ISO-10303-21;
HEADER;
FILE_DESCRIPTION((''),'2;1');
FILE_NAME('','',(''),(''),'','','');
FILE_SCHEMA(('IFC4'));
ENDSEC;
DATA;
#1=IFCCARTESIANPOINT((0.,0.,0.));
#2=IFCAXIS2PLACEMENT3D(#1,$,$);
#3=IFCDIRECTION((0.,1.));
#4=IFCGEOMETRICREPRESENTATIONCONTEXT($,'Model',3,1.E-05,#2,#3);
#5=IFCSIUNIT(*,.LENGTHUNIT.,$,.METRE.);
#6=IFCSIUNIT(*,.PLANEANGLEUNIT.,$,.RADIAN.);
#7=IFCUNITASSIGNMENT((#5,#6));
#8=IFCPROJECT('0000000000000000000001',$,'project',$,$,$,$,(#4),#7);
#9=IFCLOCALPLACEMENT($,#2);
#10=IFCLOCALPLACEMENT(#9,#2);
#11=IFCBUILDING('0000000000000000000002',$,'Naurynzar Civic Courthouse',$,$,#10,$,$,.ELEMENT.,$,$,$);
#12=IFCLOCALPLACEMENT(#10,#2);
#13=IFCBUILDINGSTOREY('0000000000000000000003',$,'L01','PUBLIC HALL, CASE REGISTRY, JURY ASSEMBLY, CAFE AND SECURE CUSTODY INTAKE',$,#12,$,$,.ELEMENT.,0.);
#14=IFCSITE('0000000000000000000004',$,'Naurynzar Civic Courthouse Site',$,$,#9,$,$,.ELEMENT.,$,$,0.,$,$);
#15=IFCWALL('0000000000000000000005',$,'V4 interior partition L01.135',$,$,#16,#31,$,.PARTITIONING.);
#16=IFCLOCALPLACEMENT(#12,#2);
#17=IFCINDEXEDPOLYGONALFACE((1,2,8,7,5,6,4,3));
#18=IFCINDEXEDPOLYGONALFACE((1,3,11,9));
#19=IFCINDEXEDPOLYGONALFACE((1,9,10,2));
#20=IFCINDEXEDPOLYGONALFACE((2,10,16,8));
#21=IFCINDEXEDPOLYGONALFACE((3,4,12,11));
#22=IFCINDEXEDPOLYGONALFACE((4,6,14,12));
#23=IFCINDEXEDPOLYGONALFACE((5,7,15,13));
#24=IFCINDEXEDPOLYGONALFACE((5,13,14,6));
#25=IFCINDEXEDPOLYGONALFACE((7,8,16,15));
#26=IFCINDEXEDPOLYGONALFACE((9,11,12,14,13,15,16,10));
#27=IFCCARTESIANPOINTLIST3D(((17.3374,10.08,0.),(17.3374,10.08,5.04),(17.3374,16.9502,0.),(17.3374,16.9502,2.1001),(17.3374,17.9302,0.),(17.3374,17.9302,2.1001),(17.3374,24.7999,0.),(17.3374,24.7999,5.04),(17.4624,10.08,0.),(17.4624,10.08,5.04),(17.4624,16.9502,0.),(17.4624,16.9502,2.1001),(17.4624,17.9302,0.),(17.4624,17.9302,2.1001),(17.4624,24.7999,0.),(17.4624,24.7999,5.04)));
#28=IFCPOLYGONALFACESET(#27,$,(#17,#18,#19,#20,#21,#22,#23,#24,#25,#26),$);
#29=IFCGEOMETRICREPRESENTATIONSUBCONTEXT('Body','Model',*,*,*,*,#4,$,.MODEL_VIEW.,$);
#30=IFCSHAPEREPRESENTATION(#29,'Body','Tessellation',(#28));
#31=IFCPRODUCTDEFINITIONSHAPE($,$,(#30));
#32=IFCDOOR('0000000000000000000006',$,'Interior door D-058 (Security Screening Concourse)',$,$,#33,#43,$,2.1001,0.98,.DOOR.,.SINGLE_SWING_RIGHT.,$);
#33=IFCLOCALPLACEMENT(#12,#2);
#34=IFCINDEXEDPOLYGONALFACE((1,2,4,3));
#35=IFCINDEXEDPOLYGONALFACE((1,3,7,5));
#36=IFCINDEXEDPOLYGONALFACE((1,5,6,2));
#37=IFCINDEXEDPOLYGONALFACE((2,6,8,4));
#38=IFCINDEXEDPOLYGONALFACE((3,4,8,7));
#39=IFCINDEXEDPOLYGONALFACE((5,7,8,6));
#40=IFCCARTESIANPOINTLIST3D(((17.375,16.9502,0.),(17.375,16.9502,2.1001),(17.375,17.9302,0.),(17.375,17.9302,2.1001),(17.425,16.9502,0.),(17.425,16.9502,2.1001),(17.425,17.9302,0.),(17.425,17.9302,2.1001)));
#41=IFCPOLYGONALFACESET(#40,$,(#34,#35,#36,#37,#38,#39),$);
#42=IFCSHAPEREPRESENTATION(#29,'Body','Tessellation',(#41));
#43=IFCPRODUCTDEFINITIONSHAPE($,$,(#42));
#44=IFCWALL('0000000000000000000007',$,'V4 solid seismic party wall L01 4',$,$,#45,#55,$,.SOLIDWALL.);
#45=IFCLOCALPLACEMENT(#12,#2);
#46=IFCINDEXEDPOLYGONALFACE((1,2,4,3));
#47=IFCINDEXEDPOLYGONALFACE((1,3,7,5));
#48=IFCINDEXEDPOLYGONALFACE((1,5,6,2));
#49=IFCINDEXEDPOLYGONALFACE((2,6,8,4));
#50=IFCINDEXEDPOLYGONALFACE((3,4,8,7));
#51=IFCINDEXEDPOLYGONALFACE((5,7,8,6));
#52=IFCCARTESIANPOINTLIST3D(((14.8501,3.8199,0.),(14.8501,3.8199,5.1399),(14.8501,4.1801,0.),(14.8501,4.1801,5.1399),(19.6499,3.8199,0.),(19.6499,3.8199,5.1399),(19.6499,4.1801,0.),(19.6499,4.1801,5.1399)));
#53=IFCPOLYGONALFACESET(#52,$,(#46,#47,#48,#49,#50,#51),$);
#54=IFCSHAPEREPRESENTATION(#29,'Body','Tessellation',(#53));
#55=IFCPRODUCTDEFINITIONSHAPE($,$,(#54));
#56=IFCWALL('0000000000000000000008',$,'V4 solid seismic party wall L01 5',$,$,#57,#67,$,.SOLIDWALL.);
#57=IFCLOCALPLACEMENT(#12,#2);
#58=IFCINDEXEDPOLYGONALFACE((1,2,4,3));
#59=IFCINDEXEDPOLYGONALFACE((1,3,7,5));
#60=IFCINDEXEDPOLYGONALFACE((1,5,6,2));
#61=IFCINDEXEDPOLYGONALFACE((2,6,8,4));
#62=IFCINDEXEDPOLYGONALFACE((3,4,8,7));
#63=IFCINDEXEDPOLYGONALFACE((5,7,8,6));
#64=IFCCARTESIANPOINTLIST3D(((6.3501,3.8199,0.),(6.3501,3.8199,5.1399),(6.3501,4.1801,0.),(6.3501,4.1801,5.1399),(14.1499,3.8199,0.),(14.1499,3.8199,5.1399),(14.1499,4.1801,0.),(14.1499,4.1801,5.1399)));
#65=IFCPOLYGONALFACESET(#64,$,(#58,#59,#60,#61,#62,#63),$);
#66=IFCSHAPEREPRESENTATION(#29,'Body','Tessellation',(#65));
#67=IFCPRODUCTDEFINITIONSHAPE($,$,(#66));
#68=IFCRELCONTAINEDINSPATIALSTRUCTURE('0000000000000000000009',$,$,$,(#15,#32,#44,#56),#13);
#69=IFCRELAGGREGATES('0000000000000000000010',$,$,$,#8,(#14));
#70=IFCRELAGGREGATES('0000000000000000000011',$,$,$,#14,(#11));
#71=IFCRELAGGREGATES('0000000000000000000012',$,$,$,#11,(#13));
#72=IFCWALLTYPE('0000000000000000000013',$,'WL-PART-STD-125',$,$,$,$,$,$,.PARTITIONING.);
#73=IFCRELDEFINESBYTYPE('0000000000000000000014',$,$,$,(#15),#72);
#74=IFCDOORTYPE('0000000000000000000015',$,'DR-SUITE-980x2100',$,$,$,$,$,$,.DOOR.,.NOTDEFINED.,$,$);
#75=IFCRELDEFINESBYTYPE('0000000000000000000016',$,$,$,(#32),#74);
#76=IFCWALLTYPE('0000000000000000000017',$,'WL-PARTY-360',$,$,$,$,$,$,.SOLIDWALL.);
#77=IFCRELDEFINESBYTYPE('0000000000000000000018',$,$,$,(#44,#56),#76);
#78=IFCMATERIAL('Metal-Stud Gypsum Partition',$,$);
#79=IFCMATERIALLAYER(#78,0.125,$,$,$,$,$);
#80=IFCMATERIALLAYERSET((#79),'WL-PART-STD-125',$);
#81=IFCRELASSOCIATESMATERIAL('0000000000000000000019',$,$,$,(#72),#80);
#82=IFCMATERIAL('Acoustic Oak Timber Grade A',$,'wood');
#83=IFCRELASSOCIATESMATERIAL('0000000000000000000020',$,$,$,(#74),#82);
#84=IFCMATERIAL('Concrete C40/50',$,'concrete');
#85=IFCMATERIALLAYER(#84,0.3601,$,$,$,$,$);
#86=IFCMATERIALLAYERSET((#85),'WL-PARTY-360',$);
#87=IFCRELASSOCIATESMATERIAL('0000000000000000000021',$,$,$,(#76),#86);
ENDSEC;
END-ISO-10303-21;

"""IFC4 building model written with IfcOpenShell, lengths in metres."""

from ifc_helpers import new_model, si_unit, direction, frame, frame_2d, origin, place, context, subcontext, project, spatial, rectangle, extrude, material, layer, layer_set, type_object, element, fill, save


model = new_model("IFC4")

# Units and contexts
model_context = context("Model", 3, precision=1e-05, world=origin(), true_north=direction((0.0, 1.0)))
body_context = subcontext(model_context, "Body", "Model", "MODEL_VIEW")
ifc_project = project(units=[si_unit("LENGTHUNIT", "METRE"), si_unit("PLANEANGLEUNIT", "RADIAN")], contexts=[model_context])

# Site, building, storey
site_placement = place(None, origin())
site = spatial("IfcSite", under=ifc_project, at=site_placement, Name="Naurynzar Civic Courthouse Site", CompositionType="ELEMENT", RefElevation=0.0)
building_placement = place(site_placement, origin())
building = spatial("IfcBuilding", under=site, at=building_placement, Name="Naurynzar Civic Courthouse", CompositionType="ELEMENT")
storey_placement = place(building_placement, origin())
storey = spatial("IfcBuildingStorey", under=building, at=storey_placement, Name="L01", Description="PUBLIC HALL, CASE REGISTRY, JURY ASSEMBLY, CAFE AND SECURE CUSTODY INTAKE", CompositionType="ELEMENT", Elevation=0.0)

# Wall, opening, door
ifc_material_1 = material(Name="Metal-Stud Gypsum Partition")
ifc_layer_1 = layer(ifc_material_1, 0.125)
ifc_layer_set_1 = layer_set([ifc_layer_1], Name="WL-PART-STD-125")
wall_type_1 = type_object("IfcWallType", Name="WL-PART-STD-125", PredefinedType="PARTITIONING", material=ifc_layer_set_1)
wall_1_placement = place(storey_placement, frame((17.3999, 10.0801, 0.0), z_axis=(0.0, 0.0, 1.0), x_axis=(0.0, 1.0, 0.0)))
wall_1 = element("IfcWall", 1, at=wall_1_placement, inside=storey, type_object=wall_type_1, Name="V4 interior partition L01.135", PredefinedType="PARTITIONING", context=body_context, shape_type="SweptSolid", body=[
    extrude(rectangle(XDim=14.72, YDim=0.125, at=frame_2d((7.3599, 0.0))), origin(), (0.0, 0.0, 1.0), 5.04),
])
opening_placement = place(wall_1_placement, frame((6.8701, 0.0, 0.0)))
opening = element("IfcOpeningElement", 2, at=opening_placement, cuts=wall_1, PredefinedType="OPENING", context=body_context, shape_type="SweptSolid", body=[
    extrude(rectangle(XDim=0.98, YDim=2.1001, at=frame_2d((0.49, 1.05))), frame((0.0, 0.0725, 0.0), z_axis=(0.0, -1.0, 0.0), x_axis=(1.0, 0.0, 0.0)), (0.0, 0.0, 1.0), 0.145),
])
ifc_material_2 = material(Name="Acoustic Oak Timber Grade A", Category="wood")
door_type = type_object("IfcDoorType", Name="DR-SUITE-980x2100", OperationType="NOTDEFINED", PredefinedType="DOOR", material=ifc_material_2)
door_placement = place(opening_placement, origin())
door = element("IfcDoor", 3, at=door_placement, inside=storey, type_object=door_type, Name="Interior door D-058 (Security Screening Concourse)", OperationType="SINGLE_SWING_RIGHT", OverallHeight=2.1001, OverallWidth=0.98, PredefinedType="DOOR", context=body_context, shape_type="SweptSolid", body=[
    extrude(rectangle(XDim=0.98, YDim=2.1001, at=frame_2d((0.49, 1.05))), frame((0.0, 0.0249, 0.0), z_axis=(0.0, -1.0, 0.0), x_axis=(1.0, 0.0, 0.0)), (0.0, 0.0, 1.0), 0.05),
])
fill(opening, door)

# Walls
ifc_material_3 = material(Name="Concrete C40/50", Category="concrete")
ifc_layer_2 = layer(ifc_material_3, 0.3601)
ifc_layer_set_2 = layer_set([ifc_layer_2], Name="WL-PARTY-360")
wall_type_2 = type_object("IfcWallType", Name="WL-PARTY-360", PredefinedType="SOLIDWALL", material=ifc_layer_set_2)
wall_2_placement = place(storey_placement, frame((19.6499, 4.0, 0.0), z_axis=(0.0, 0.0, 1.0), x_axis=(-1.0, 0.0, 0.0)))
element("IfcWall", 4, at=wall_2_placement, inside=storey, type_object=wall_type_2, Name="V4 solid seismic party wall L01 4", PredefinedType="SOLIDWALL", context=body_context, shape_type="SweptSolid", body=[
    extrude(rectangle(XDim=4.7998, YDim=0.3601, at=frame_2d((2.3999, 0.0))), origin(), (0.0, 0.0, 1.0), 5.1399),
])
wall_3_placement = place(storey_placement, frame((14.1499, 4.0, 0.0), z_axis=(0.0, 0.0, 1.0), x_axis=(-1.0, 0.0, 0.0)))
element("IfcWall", 5, at=wall_3_placement, inside=storey, type_object=wall_type_2, Name="V4 solid seismic party wall L01 5", PredefinedType="SOLIDWALL", context=body_context, shape_type="SweptSolid", body=[
    extrude(rectangle(XDim=7.7998, YDim=0.3601, at=frame_2d((3.8999, 0.0))), origin(), (0.0, 0.0, 1.0), 5.1399),
])

save(model, "model.ifc")
